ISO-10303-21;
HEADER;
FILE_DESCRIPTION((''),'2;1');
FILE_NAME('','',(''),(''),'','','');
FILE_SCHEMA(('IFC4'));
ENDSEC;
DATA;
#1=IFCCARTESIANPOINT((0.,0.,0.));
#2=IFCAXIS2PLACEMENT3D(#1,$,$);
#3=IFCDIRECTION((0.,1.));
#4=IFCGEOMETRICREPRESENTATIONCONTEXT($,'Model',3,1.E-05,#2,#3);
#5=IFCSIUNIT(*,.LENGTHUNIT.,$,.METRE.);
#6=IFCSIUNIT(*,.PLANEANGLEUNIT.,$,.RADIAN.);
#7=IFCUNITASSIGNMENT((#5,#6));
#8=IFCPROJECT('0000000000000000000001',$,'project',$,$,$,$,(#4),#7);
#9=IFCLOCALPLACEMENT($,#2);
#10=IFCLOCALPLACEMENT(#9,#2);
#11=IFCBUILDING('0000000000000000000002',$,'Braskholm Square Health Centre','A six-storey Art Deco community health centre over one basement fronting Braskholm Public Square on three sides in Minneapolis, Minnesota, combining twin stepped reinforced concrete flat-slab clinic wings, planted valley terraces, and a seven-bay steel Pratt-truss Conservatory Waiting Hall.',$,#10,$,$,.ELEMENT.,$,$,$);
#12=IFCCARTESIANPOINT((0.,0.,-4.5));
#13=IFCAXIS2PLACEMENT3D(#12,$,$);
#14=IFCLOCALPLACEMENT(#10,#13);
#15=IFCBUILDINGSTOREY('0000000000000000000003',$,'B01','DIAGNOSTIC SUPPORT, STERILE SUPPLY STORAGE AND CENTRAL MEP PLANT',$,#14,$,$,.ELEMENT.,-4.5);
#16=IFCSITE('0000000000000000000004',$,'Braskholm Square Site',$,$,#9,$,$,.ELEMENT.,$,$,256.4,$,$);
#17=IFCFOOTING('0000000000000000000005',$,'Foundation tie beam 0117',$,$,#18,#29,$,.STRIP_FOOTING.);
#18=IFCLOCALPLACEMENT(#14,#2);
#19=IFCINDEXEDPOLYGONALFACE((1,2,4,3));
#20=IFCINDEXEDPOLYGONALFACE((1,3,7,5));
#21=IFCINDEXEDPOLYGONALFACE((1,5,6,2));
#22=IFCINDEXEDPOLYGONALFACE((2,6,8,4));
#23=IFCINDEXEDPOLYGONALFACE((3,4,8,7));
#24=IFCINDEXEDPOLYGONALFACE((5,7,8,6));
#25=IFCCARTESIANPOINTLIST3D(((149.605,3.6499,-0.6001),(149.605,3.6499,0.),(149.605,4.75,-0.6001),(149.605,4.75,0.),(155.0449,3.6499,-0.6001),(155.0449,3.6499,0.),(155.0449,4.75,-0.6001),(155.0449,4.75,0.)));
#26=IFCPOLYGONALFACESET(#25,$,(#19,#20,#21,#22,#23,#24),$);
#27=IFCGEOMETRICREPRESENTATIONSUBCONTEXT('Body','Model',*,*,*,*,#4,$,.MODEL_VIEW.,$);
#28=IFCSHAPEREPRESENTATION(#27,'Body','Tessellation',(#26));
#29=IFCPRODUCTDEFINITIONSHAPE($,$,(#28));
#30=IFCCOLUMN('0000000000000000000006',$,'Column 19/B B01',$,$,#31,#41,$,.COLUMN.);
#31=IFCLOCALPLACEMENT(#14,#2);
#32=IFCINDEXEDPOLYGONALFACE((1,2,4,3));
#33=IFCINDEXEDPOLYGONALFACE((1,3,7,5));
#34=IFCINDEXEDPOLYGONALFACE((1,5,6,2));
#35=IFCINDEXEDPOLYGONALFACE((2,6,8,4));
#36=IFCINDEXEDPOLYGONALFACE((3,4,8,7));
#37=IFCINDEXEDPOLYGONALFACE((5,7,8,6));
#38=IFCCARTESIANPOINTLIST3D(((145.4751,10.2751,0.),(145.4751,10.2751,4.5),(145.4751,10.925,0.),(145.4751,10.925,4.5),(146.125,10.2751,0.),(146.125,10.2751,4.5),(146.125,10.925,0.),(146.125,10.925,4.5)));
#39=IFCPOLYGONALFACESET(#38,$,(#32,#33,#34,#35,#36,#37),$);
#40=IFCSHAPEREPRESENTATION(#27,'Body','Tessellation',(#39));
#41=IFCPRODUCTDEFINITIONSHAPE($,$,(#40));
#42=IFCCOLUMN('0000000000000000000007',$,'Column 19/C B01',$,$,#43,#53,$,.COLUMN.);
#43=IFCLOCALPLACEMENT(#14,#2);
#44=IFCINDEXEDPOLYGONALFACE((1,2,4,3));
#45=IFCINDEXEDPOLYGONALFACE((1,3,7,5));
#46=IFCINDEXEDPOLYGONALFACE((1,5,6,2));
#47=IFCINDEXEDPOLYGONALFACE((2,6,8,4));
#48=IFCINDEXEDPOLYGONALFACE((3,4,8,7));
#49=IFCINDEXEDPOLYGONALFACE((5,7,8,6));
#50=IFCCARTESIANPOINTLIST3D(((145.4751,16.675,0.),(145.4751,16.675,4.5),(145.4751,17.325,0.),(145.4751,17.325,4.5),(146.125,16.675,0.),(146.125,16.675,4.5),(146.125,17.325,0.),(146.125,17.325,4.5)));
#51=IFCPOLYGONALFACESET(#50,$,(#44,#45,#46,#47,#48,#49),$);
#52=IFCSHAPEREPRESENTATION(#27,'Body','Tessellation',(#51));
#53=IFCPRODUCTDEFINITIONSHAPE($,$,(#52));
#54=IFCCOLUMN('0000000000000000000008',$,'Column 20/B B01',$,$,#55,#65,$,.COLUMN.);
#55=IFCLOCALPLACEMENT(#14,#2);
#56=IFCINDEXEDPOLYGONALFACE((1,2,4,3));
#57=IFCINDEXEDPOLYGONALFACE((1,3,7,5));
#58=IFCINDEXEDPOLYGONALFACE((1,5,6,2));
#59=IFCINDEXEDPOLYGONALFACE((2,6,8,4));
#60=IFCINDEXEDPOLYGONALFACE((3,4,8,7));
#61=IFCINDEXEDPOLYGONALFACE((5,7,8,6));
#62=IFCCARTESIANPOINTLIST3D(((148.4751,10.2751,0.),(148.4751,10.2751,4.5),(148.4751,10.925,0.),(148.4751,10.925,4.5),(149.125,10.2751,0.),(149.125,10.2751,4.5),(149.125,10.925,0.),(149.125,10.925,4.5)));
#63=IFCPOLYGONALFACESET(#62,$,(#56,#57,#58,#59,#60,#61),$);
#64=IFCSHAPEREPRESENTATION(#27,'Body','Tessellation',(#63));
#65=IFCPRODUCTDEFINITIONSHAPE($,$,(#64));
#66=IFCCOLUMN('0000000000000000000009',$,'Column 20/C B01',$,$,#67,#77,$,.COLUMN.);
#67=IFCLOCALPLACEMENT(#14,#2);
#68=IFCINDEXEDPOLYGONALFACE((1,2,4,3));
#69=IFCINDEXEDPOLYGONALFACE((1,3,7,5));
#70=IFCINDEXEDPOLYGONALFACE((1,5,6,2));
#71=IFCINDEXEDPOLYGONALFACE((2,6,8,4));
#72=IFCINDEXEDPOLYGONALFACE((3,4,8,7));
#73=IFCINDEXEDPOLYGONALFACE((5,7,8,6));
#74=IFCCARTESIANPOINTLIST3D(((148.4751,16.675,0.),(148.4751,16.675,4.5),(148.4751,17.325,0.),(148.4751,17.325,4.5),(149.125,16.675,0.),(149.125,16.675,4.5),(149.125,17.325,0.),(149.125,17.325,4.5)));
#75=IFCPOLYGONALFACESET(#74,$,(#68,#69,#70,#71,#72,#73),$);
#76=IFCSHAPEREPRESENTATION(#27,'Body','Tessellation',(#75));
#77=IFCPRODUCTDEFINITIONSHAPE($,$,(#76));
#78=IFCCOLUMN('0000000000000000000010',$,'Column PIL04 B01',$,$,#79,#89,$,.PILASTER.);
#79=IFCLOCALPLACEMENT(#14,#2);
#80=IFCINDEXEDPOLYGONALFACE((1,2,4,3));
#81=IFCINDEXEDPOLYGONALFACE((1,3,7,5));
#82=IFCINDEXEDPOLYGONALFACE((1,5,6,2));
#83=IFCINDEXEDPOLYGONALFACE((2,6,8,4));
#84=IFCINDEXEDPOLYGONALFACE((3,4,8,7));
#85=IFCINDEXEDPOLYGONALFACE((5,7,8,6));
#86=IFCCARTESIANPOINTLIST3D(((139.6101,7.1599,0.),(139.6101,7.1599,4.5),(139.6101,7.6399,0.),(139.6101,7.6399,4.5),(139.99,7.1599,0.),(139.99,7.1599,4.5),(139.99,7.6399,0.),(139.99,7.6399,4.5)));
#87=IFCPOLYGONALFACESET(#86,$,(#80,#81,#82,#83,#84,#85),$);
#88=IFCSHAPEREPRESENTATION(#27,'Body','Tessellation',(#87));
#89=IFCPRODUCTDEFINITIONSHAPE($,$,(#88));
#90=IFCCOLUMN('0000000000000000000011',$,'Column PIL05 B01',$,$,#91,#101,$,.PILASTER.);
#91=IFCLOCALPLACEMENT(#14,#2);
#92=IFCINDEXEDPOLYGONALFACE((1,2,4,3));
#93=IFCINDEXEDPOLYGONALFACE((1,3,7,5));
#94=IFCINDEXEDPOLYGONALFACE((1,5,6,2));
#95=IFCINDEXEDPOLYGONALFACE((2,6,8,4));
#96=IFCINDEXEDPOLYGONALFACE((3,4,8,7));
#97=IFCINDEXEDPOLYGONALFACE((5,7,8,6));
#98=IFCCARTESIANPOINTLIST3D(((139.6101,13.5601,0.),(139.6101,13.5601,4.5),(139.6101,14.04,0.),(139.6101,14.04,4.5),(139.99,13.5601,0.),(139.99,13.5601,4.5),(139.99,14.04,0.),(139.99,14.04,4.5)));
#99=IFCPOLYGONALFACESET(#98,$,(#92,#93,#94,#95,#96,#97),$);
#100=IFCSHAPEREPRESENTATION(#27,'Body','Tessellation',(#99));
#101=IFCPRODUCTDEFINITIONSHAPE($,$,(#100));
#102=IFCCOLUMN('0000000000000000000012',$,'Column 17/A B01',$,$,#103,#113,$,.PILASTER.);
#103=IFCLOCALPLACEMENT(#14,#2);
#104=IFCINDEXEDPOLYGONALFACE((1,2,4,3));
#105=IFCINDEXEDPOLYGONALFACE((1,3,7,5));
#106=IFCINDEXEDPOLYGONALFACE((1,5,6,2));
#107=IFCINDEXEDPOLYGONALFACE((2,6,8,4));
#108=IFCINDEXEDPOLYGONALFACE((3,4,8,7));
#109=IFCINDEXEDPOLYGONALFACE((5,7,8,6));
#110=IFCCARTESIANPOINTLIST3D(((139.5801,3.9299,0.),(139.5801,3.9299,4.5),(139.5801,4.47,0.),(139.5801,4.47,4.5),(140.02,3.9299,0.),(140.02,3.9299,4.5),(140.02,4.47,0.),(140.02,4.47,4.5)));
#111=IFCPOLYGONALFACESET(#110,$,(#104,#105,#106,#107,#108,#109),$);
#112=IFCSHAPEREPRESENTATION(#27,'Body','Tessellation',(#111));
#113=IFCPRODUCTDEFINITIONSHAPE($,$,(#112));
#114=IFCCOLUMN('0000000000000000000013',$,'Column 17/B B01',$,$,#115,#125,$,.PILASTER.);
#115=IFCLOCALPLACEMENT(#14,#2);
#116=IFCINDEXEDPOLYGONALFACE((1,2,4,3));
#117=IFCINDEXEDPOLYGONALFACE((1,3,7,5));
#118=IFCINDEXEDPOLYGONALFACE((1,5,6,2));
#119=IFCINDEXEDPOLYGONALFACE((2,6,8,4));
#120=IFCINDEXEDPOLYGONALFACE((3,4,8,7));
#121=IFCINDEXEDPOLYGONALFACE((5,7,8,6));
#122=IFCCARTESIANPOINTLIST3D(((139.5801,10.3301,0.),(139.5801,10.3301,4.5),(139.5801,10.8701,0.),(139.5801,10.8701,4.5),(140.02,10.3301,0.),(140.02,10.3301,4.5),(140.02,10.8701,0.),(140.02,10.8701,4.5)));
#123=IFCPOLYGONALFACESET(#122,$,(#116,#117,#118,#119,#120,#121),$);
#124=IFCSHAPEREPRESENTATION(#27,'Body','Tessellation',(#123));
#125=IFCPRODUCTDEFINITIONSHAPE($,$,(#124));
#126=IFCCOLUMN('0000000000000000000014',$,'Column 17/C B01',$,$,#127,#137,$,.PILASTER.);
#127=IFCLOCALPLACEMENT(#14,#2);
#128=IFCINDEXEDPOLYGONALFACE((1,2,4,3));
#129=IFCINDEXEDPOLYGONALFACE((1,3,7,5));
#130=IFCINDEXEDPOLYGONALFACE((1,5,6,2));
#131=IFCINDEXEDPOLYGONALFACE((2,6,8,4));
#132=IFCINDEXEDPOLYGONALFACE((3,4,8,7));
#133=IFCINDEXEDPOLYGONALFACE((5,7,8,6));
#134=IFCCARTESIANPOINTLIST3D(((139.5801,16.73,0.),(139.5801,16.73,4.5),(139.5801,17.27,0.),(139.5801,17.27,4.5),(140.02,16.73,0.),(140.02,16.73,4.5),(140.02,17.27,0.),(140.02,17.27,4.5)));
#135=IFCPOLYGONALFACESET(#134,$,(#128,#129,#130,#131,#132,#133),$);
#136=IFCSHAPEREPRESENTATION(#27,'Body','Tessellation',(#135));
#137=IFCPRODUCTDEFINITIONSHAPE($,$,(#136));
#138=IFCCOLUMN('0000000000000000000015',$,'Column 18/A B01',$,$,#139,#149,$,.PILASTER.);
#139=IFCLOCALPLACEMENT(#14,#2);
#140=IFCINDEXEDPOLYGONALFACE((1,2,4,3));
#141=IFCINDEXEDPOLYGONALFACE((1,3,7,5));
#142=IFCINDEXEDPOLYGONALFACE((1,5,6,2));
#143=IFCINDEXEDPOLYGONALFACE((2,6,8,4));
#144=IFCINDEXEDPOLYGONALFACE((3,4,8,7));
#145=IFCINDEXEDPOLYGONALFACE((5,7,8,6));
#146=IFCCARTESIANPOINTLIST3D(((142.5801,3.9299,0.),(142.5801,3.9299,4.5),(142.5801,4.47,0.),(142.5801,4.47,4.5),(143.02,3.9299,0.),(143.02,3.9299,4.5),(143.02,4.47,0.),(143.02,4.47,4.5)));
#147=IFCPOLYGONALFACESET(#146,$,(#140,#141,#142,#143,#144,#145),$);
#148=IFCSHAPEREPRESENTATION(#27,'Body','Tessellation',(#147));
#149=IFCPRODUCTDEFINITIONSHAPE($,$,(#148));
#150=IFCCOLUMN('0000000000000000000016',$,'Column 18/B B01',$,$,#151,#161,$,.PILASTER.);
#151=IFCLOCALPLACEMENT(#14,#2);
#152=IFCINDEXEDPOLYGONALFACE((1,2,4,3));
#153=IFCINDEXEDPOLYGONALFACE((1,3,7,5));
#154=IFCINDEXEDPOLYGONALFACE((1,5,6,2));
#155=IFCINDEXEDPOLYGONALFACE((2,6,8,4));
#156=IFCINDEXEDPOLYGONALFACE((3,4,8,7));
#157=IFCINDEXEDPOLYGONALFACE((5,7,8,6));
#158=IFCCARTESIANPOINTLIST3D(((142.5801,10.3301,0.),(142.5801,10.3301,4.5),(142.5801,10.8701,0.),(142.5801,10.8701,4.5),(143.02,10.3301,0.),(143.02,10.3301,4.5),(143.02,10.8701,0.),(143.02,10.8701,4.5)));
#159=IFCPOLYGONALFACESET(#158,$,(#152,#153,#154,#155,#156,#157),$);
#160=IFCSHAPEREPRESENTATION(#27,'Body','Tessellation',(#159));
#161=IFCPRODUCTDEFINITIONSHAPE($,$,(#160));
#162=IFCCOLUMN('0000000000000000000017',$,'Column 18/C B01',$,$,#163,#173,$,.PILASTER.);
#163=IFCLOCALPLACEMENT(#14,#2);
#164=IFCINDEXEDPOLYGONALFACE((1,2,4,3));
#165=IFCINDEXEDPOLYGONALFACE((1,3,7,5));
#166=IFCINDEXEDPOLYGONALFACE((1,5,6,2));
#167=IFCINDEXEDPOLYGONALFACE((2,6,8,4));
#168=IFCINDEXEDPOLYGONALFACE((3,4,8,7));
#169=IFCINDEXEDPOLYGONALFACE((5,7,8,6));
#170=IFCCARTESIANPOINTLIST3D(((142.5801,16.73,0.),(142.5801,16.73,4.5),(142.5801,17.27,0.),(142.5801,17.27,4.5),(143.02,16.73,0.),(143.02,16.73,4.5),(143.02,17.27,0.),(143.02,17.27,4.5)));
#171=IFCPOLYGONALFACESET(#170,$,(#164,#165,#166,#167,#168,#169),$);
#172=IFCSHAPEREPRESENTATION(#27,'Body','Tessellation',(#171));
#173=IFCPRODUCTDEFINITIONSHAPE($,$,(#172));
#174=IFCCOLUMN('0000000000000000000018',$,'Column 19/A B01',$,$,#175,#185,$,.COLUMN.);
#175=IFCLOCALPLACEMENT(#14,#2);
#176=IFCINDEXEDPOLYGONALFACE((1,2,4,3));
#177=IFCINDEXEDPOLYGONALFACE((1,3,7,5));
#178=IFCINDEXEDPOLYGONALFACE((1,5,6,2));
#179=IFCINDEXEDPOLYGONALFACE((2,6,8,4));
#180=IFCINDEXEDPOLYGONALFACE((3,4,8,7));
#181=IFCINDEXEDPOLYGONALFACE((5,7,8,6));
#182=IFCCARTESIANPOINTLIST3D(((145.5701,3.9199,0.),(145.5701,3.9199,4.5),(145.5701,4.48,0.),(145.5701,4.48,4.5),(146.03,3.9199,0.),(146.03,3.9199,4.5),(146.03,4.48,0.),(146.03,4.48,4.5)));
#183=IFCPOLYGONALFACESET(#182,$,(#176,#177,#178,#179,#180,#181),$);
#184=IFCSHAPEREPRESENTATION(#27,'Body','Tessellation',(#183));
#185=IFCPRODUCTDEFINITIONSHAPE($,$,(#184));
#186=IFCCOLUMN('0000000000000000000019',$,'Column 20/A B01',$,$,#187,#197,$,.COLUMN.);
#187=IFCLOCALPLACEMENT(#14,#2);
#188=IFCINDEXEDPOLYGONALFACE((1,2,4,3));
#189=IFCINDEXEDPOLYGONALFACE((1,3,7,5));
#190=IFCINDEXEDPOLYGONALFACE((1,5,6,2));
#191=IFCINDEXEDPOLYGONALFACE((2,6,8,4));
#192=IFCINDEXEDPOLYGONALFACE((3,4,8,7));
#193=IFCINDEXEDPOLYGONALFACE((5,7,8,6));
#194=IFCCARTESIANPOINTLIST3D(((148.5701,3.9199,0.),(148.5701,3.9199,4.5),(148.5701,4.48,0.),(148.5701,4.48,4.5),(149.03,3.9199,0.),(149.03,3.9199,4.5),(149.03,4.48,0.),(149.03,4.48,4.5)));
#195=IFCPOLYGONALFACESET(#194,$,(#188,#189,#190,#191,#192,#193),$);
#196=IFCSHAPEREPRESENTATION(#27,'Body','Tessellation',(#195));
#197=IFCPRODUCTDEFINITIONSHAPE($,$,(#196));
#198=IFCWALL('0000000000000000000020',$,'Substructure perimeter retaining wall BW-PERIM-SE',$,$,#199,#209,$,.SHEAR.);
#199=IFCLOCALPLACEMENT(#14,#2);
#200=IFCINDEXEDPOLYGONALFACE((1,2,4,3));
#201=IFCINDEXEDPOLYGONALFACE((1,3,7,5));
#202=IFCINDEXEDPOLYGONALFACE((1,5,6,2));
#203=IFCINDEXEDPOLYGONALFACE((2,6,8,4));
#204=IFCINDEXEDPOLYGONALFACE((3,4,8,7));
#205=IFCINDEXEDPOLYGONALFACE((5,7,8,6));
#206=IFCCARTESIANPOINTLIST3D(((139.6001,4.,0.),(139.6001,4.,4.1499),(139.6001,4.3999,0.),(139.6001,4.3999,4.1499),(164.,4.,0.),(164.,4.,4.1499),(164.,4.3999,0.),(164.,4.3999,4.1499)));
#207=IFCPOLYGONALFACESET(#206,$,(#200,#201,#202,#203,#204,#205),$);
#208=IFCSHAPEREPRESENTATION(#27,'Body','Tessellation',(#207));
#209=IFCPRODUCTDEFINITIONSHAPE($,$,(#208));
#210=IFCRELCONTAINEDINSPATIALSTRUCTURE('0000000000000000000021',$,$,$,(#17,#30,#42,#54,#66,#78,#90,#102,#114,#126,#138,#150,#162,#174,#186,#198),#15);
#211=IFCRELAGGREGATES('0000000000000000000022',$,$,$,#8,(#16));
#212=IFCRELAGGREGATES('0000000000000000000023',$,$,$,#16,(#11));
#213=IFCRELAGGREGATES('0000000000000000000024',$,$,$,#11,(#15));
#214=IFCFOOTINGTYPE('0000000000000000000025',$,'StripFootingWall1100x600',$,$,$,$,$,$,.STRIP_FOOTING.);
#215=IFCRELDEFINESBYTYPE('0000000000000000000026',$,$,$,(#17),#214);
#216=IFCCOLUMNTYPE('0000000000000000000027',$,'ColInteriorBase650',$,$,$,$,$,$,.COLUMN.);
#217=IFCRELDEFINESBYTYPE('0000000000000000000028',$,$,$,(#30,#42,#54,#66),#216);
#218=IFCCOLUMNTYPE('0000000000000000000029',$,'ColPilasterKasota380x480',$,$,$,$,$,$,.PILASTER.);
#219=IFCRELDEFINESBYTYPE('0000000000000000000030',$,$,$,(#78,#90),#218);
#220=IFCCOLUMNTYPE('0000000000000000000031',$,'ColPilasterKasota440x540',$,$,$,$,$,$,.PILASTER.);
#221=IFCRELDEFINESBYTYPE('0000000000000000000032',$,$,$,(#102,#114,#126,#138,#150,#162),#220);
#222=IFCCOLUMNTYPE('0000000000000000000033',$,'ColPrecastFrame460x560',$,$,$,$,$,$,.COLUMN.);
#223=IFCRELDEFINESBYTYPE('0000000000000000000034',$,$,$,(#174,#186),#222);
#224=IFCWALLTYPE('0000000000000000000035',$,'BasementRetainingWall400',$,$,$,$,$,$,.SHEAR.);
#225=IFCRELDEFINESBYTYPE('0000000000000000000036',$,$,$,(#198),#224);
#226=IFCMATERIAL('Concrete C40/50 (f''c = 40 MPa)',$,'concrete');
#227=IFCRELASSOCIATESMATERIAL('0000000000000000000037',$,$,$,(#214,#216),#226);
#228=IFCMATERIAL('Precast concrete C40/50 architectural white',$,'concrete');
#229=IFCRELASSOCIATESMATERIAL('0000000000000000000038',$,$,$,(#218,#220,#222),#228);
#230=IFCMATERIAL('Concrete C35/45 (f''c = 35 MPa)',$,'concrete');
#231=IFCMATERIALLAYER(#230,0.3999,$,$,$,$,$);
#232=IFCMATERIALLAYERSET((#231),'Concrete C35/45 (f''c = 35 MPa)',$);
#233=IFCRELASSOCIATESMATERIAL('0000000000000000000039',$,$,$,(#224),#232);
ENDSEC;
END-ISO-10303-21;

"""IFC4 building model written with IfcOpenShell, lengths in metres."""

from ifc_helpers import new_model, si_unit, direction, frame, frame_2d, origin, origin_2d, place, context, subcontext, project, spatial, rectangle, extrude, material, layer, layer_set, material_profile, profile_set, type_object, element, save


model = new_model("IFC4")

# Units and contexts
model_context = context("Model", 3, precision=1e-05, world=origin(), true_north=direction((0.0, 1.0)))
body_context = subcontext(model_context, "Body", "Model", "MODEL_VIEW")
ifc_project = project(units=[si_unit("LENGTHUNIT", "METRE"), si_unit("PLANEANGLEUNIT", "RADIAN")], contexts=[model_context])

# Site, building, storey
site_placement = place(None, origin())
site = spatial("IfcSite", under=ifc_project, at=site_placement, Name="Braskholm Square Site", CompositionType="ELEMENT", RefElevation=256.4)
building_placement = place(site_placement, origin())
building = spatial("IfcBuilding", under=site, at=building_placement, Name="Braskholm Square Health Centre", Description="A six-storey Art Deco community health centre over one basement fronting Braskholm Public Square on three sides in Minneapolis, Minnesota, combining twin stepped reinforced concrete flat-slab clinic wings, planted valley terraces, and a seven-bay steel Pratt-truss Conservatory Waiting Hall.", CompositionType="ELEMENT")
storey_placement = place(building_placement, frame((0.0, 0.0, -4.5)))
storey = spatial("IfcBuildingStorey", under=building, at=storey_placement, Name="B01", Description="DIAGNOSTIC SUPPORT, STERILE SUPPLY STORAGE AND CENTRAL MEP PLANT", CompositionType="ELEMENT", Elevation=-4.5)

# Shared definitions
ifc_material_1 = material(Name="Concrete C40/50 (f'c = 40 MPa)", Category="concrete")

# Footing
ifc_material_profile_1 = material_profile(ifc_material_1, rectangle(XDim=1.1001, YDim=0.6001, at=origin_2d()), Name="FTG-1100X600")
ifc_profile_set_1 = profile_set([ifc_material_profile_1], Name="Concrete C40/50 (f'c = 40 MPa)")
footing_type_1 = type_object("IfcFootingType", Name="StripFootingWall1100x600", PredefinedType="STRIP_FOOTING", material=ifc_profile_set_1)
footing_1_placement = place(storey_placement, frame((149.605, 4.2, -0.3), z_axis=(1.0, 0.0, 0.0), x_axis=(0.0, 1.0, 0.0)))
element("IfcFooting", 1, at=footing_1_placement, inside=storey, type_object=footing_type_1, Name="Foundation tie beam 0117", PredefinedType="STRIP_FOOTING", context=body_context, shape_type="SweptSolid", body=[
    extrude(rectangle(XDim=1.1001, YDim=0.6001, at=origin_2d()), origin(), (0.0, 0.0, 1.0), 5.4399),
])

# Columns
ifc_material_profile_2 = material_profile(ifc_material_1, rectangle(XDim=0.6499, YDim=0.6499, at=origin_2d()), Name="RC-650X650")
ifc_profile_set_2 = profile_set([ifc_material_profile_2], Name="Concrete C40/50 (f'c = 40 MPa)")
column_type_1 = type_object("IfcColumnType", Name="ColInteriorBase650", PredefinedType="COLUMN", material=ifc_profile_set_2)
for number, where, z_axis, x_axis, name in (
    (2, (145.8, 10.6001, 0.0), (0.0, 0.0, 1.0), (1.0, 0.0, 0.0), "Column 19/B B01"),
    (3, (145.8, 17.0, 0.0), (0.0, 0.0, 1.0), (1.0, 0.0, 0.0), "Column 19/C B01"),
    (4, (148.8, 10.6001, 0.0), (0.0, 0.0, 1.0), (1.0, 0.0, 0.0), "Column 20/B B01"),
    (5, (148.8, 17.0, 0.0), (0.0, 0.0, 1.0), (1.0, 0.0, 0.0), "Column 20/C B01"),
):
    element("IfcColumn", number, at=place(storey_placement, frame(where, z_axis=z_axis, x_axis=x_axis)), inside=storey, type_object=column_type_1, Name=name, PredefinedType="COLUMN", context=body_context, shape_type="SweptSolid", body=[
        extrude(rectangle(XDim=0.6499, YDim=0.6499, at=origin_2d()), origin(), (0.0, 0.0, 1.0), 4.5),
    ])
ifc_material_2 = material(Name="Precast concrete C40/50 architectural white", Category="concrete")
ifc_material_profile_3 = material_profile(ifc_material_2, rectangle(XDim=0.3799, YDim=0.48, at=origin_2d()), Name="RC-380X480")
ifc_profile_set_3 = profile_set([ifc_material_profile_3], Name="Precast concrete C40/50 architectural white")
column_type_2 = type_object("IfcColumnType", Name="ColPilasterKasota380x480", PredefinedType="PILASTER", material=ifc_profile_set_3)
for number, where, z_axis, x_axis, name in (
    (6, (139.8, 7.3999, 0.0), (0.0, 0.0, 1.0), (1.0, 0.0, 0.0), "Column PIL04 B01"),
    (7, (139.8, 13.8, 0.0), (0.0, 0.0, 1.0), (1.0, 0.0, 0.0), "Column PIL05 B01"),
):
    element("IfcColumn", number, at=place(storey_placement, frame(where, z_axis=z_axis, x_axis=x_axis)), inside=storey, type_object=column_type_2, Name=name, PredefinedType="PILASTER", context=body_context, shape_type="SweptSolid", body=[
        extrude(rectangle(XDim=0.3799, YDim=0.48, at=origin_2d()), origin(), (0.0, 0.0, 1.0), 4.5),
    ])
ifc_material_profile_4 = material_profile(ifc_material_2, rectangle(XDim=0.4399, YDim=0.54, at=origin_2d()), Name="RC-440X540")
ifc_profile_set_4 = profile_set([ifc_material_profile_4], Name="Precast concrete C40/50 architectural white")
column_type_3 = type_object("IfcColumnType", Name="ColPilasterKasota440x540", PredefinedType="PILASTER", material=ifc_profile_set_4)
for number, where, z_axis, x_axis, name in (
    (8, (139.8, 4.2, 0.0), (0.0, 0.0, 1.0), (1.0, 0.0, 0.0), "Column 17/A B01"),
    (9, (139.8, 10.6001, 0.0), (0.0, 0.0, 1.0), (1.0, 0.0, 0.0), "Column 17/B B01"),
    (10, (139.8, 17.0, 0.0), (0.0, 0.0, 1.0), (1.0, 0.0, 0.0), "Column 17/C B01"),
    (11, (142.8, 4.2, 0.0), (0.0, 0.0, 1.0), (1.0, 0.0, 0.0), "Column 18/A B01"),
    (12, (142.8, 10.6001, 0.0), (0.0, 0.0, 1.0), (1.0, 0.0, 0.0), "Column 18/B B01"),
    (13, (142.8, 17.0, 0.0), (0.0, 0.0, 1.0), (1.0, 0.0, 0.0), "Column 18/C B01"),
):
    element("IfcColumn", number, at=place(storey_placement, frame(where, z_axis=z_axis, x_axis=x_axis)), inside=storey, type_object=column_type_3, Name=name, PredefinedType="PILASTER", context=body_context, shape_type="SweptSolid", body=[
        extrude(rectangle(XDim=0.4399, YDim=0.54, at=origin_2d()), origin(), (0.0, 0.0, 1.0), 4.5),
    ])
ifc_material_profile_5 = material_profile(ifc_material_2, rectangle(XDim=0.46, YDim=0.5601, at=origin_2d()), Name="RC-460X560")
ifc_profile_set_5 = profile_set([ifc_material_profile_5], Name="Precast concrete C40/50 architectural white")
column_type_4 = type_object("IfcColumnType", Name="ColPrecastFrame460x560", PredefinedType="COLUMN", material=ifc_profile_set_5)
for number, where, z_axis, x_axis, name in (
    (14, (145.8, 4.2, 0.0), (0.0, 0.0, 1.0), (1.0, 0.0, 0.0), "Column 19/A B01"),
    (15, (148.8, 4.2, 0.0), (0.0, 0.0, 1.0), (1.0, 0.0, 0.0), "Column 20/A B01"),
):
    element("IfcColumn", number, at=place(storey_placement, frame(where, z_axis=z_axis, x_axis=x_axis)), inside=storey, type_object=column_type_4, Name=name, PredefinedType="COLUMN", context=body_context, shape_type="SweptSolid", body=[
        extrude(rectangle(XDim=0.46, YDim=0.5601, at=origin_2d()), origin(), (0.0, 0.0, 1.0), 4.5),
    ])

# Wall
ifc_material_3 = material(Name="Concrete C35/45 (f'c = 35 MPa)", Category="concrete")
ifc_layer = layer(ifc_material_3, 0.3999)
ifc_layer_set = layer_set([ifc_layer], Name="Concrete C35/45 (f'c = 35 MPa)")
wall_type = type_object("IfcWallType", Name="BasementRetainingWall400", PredefinedType="SHEAR", material=ifc_layer_set)
wall_placement = place(storey_placement, frame((139.6001, 4.2, 0.0), z_axis=(0.0, 0.0, 1.0), x_axis=(1.0, 0.0, 0.0)))
element("IfcWall", 16, at=wall_placement, inside=storey, type_object=wall_type, Name="Substructure perimeter retaining wall BW-PERIM-SE", PredefinedType="SHEAR", context=body_context, shape_type="SweptSolid", body=[
    extrude(rectangle(XDim=24.3999, YDim=0.3999, at=frame_2d((12.2, 0.0))), origin(), (0.0, 0.0, 1.0), 4.1499),
])

save(model, "model.ifc")
